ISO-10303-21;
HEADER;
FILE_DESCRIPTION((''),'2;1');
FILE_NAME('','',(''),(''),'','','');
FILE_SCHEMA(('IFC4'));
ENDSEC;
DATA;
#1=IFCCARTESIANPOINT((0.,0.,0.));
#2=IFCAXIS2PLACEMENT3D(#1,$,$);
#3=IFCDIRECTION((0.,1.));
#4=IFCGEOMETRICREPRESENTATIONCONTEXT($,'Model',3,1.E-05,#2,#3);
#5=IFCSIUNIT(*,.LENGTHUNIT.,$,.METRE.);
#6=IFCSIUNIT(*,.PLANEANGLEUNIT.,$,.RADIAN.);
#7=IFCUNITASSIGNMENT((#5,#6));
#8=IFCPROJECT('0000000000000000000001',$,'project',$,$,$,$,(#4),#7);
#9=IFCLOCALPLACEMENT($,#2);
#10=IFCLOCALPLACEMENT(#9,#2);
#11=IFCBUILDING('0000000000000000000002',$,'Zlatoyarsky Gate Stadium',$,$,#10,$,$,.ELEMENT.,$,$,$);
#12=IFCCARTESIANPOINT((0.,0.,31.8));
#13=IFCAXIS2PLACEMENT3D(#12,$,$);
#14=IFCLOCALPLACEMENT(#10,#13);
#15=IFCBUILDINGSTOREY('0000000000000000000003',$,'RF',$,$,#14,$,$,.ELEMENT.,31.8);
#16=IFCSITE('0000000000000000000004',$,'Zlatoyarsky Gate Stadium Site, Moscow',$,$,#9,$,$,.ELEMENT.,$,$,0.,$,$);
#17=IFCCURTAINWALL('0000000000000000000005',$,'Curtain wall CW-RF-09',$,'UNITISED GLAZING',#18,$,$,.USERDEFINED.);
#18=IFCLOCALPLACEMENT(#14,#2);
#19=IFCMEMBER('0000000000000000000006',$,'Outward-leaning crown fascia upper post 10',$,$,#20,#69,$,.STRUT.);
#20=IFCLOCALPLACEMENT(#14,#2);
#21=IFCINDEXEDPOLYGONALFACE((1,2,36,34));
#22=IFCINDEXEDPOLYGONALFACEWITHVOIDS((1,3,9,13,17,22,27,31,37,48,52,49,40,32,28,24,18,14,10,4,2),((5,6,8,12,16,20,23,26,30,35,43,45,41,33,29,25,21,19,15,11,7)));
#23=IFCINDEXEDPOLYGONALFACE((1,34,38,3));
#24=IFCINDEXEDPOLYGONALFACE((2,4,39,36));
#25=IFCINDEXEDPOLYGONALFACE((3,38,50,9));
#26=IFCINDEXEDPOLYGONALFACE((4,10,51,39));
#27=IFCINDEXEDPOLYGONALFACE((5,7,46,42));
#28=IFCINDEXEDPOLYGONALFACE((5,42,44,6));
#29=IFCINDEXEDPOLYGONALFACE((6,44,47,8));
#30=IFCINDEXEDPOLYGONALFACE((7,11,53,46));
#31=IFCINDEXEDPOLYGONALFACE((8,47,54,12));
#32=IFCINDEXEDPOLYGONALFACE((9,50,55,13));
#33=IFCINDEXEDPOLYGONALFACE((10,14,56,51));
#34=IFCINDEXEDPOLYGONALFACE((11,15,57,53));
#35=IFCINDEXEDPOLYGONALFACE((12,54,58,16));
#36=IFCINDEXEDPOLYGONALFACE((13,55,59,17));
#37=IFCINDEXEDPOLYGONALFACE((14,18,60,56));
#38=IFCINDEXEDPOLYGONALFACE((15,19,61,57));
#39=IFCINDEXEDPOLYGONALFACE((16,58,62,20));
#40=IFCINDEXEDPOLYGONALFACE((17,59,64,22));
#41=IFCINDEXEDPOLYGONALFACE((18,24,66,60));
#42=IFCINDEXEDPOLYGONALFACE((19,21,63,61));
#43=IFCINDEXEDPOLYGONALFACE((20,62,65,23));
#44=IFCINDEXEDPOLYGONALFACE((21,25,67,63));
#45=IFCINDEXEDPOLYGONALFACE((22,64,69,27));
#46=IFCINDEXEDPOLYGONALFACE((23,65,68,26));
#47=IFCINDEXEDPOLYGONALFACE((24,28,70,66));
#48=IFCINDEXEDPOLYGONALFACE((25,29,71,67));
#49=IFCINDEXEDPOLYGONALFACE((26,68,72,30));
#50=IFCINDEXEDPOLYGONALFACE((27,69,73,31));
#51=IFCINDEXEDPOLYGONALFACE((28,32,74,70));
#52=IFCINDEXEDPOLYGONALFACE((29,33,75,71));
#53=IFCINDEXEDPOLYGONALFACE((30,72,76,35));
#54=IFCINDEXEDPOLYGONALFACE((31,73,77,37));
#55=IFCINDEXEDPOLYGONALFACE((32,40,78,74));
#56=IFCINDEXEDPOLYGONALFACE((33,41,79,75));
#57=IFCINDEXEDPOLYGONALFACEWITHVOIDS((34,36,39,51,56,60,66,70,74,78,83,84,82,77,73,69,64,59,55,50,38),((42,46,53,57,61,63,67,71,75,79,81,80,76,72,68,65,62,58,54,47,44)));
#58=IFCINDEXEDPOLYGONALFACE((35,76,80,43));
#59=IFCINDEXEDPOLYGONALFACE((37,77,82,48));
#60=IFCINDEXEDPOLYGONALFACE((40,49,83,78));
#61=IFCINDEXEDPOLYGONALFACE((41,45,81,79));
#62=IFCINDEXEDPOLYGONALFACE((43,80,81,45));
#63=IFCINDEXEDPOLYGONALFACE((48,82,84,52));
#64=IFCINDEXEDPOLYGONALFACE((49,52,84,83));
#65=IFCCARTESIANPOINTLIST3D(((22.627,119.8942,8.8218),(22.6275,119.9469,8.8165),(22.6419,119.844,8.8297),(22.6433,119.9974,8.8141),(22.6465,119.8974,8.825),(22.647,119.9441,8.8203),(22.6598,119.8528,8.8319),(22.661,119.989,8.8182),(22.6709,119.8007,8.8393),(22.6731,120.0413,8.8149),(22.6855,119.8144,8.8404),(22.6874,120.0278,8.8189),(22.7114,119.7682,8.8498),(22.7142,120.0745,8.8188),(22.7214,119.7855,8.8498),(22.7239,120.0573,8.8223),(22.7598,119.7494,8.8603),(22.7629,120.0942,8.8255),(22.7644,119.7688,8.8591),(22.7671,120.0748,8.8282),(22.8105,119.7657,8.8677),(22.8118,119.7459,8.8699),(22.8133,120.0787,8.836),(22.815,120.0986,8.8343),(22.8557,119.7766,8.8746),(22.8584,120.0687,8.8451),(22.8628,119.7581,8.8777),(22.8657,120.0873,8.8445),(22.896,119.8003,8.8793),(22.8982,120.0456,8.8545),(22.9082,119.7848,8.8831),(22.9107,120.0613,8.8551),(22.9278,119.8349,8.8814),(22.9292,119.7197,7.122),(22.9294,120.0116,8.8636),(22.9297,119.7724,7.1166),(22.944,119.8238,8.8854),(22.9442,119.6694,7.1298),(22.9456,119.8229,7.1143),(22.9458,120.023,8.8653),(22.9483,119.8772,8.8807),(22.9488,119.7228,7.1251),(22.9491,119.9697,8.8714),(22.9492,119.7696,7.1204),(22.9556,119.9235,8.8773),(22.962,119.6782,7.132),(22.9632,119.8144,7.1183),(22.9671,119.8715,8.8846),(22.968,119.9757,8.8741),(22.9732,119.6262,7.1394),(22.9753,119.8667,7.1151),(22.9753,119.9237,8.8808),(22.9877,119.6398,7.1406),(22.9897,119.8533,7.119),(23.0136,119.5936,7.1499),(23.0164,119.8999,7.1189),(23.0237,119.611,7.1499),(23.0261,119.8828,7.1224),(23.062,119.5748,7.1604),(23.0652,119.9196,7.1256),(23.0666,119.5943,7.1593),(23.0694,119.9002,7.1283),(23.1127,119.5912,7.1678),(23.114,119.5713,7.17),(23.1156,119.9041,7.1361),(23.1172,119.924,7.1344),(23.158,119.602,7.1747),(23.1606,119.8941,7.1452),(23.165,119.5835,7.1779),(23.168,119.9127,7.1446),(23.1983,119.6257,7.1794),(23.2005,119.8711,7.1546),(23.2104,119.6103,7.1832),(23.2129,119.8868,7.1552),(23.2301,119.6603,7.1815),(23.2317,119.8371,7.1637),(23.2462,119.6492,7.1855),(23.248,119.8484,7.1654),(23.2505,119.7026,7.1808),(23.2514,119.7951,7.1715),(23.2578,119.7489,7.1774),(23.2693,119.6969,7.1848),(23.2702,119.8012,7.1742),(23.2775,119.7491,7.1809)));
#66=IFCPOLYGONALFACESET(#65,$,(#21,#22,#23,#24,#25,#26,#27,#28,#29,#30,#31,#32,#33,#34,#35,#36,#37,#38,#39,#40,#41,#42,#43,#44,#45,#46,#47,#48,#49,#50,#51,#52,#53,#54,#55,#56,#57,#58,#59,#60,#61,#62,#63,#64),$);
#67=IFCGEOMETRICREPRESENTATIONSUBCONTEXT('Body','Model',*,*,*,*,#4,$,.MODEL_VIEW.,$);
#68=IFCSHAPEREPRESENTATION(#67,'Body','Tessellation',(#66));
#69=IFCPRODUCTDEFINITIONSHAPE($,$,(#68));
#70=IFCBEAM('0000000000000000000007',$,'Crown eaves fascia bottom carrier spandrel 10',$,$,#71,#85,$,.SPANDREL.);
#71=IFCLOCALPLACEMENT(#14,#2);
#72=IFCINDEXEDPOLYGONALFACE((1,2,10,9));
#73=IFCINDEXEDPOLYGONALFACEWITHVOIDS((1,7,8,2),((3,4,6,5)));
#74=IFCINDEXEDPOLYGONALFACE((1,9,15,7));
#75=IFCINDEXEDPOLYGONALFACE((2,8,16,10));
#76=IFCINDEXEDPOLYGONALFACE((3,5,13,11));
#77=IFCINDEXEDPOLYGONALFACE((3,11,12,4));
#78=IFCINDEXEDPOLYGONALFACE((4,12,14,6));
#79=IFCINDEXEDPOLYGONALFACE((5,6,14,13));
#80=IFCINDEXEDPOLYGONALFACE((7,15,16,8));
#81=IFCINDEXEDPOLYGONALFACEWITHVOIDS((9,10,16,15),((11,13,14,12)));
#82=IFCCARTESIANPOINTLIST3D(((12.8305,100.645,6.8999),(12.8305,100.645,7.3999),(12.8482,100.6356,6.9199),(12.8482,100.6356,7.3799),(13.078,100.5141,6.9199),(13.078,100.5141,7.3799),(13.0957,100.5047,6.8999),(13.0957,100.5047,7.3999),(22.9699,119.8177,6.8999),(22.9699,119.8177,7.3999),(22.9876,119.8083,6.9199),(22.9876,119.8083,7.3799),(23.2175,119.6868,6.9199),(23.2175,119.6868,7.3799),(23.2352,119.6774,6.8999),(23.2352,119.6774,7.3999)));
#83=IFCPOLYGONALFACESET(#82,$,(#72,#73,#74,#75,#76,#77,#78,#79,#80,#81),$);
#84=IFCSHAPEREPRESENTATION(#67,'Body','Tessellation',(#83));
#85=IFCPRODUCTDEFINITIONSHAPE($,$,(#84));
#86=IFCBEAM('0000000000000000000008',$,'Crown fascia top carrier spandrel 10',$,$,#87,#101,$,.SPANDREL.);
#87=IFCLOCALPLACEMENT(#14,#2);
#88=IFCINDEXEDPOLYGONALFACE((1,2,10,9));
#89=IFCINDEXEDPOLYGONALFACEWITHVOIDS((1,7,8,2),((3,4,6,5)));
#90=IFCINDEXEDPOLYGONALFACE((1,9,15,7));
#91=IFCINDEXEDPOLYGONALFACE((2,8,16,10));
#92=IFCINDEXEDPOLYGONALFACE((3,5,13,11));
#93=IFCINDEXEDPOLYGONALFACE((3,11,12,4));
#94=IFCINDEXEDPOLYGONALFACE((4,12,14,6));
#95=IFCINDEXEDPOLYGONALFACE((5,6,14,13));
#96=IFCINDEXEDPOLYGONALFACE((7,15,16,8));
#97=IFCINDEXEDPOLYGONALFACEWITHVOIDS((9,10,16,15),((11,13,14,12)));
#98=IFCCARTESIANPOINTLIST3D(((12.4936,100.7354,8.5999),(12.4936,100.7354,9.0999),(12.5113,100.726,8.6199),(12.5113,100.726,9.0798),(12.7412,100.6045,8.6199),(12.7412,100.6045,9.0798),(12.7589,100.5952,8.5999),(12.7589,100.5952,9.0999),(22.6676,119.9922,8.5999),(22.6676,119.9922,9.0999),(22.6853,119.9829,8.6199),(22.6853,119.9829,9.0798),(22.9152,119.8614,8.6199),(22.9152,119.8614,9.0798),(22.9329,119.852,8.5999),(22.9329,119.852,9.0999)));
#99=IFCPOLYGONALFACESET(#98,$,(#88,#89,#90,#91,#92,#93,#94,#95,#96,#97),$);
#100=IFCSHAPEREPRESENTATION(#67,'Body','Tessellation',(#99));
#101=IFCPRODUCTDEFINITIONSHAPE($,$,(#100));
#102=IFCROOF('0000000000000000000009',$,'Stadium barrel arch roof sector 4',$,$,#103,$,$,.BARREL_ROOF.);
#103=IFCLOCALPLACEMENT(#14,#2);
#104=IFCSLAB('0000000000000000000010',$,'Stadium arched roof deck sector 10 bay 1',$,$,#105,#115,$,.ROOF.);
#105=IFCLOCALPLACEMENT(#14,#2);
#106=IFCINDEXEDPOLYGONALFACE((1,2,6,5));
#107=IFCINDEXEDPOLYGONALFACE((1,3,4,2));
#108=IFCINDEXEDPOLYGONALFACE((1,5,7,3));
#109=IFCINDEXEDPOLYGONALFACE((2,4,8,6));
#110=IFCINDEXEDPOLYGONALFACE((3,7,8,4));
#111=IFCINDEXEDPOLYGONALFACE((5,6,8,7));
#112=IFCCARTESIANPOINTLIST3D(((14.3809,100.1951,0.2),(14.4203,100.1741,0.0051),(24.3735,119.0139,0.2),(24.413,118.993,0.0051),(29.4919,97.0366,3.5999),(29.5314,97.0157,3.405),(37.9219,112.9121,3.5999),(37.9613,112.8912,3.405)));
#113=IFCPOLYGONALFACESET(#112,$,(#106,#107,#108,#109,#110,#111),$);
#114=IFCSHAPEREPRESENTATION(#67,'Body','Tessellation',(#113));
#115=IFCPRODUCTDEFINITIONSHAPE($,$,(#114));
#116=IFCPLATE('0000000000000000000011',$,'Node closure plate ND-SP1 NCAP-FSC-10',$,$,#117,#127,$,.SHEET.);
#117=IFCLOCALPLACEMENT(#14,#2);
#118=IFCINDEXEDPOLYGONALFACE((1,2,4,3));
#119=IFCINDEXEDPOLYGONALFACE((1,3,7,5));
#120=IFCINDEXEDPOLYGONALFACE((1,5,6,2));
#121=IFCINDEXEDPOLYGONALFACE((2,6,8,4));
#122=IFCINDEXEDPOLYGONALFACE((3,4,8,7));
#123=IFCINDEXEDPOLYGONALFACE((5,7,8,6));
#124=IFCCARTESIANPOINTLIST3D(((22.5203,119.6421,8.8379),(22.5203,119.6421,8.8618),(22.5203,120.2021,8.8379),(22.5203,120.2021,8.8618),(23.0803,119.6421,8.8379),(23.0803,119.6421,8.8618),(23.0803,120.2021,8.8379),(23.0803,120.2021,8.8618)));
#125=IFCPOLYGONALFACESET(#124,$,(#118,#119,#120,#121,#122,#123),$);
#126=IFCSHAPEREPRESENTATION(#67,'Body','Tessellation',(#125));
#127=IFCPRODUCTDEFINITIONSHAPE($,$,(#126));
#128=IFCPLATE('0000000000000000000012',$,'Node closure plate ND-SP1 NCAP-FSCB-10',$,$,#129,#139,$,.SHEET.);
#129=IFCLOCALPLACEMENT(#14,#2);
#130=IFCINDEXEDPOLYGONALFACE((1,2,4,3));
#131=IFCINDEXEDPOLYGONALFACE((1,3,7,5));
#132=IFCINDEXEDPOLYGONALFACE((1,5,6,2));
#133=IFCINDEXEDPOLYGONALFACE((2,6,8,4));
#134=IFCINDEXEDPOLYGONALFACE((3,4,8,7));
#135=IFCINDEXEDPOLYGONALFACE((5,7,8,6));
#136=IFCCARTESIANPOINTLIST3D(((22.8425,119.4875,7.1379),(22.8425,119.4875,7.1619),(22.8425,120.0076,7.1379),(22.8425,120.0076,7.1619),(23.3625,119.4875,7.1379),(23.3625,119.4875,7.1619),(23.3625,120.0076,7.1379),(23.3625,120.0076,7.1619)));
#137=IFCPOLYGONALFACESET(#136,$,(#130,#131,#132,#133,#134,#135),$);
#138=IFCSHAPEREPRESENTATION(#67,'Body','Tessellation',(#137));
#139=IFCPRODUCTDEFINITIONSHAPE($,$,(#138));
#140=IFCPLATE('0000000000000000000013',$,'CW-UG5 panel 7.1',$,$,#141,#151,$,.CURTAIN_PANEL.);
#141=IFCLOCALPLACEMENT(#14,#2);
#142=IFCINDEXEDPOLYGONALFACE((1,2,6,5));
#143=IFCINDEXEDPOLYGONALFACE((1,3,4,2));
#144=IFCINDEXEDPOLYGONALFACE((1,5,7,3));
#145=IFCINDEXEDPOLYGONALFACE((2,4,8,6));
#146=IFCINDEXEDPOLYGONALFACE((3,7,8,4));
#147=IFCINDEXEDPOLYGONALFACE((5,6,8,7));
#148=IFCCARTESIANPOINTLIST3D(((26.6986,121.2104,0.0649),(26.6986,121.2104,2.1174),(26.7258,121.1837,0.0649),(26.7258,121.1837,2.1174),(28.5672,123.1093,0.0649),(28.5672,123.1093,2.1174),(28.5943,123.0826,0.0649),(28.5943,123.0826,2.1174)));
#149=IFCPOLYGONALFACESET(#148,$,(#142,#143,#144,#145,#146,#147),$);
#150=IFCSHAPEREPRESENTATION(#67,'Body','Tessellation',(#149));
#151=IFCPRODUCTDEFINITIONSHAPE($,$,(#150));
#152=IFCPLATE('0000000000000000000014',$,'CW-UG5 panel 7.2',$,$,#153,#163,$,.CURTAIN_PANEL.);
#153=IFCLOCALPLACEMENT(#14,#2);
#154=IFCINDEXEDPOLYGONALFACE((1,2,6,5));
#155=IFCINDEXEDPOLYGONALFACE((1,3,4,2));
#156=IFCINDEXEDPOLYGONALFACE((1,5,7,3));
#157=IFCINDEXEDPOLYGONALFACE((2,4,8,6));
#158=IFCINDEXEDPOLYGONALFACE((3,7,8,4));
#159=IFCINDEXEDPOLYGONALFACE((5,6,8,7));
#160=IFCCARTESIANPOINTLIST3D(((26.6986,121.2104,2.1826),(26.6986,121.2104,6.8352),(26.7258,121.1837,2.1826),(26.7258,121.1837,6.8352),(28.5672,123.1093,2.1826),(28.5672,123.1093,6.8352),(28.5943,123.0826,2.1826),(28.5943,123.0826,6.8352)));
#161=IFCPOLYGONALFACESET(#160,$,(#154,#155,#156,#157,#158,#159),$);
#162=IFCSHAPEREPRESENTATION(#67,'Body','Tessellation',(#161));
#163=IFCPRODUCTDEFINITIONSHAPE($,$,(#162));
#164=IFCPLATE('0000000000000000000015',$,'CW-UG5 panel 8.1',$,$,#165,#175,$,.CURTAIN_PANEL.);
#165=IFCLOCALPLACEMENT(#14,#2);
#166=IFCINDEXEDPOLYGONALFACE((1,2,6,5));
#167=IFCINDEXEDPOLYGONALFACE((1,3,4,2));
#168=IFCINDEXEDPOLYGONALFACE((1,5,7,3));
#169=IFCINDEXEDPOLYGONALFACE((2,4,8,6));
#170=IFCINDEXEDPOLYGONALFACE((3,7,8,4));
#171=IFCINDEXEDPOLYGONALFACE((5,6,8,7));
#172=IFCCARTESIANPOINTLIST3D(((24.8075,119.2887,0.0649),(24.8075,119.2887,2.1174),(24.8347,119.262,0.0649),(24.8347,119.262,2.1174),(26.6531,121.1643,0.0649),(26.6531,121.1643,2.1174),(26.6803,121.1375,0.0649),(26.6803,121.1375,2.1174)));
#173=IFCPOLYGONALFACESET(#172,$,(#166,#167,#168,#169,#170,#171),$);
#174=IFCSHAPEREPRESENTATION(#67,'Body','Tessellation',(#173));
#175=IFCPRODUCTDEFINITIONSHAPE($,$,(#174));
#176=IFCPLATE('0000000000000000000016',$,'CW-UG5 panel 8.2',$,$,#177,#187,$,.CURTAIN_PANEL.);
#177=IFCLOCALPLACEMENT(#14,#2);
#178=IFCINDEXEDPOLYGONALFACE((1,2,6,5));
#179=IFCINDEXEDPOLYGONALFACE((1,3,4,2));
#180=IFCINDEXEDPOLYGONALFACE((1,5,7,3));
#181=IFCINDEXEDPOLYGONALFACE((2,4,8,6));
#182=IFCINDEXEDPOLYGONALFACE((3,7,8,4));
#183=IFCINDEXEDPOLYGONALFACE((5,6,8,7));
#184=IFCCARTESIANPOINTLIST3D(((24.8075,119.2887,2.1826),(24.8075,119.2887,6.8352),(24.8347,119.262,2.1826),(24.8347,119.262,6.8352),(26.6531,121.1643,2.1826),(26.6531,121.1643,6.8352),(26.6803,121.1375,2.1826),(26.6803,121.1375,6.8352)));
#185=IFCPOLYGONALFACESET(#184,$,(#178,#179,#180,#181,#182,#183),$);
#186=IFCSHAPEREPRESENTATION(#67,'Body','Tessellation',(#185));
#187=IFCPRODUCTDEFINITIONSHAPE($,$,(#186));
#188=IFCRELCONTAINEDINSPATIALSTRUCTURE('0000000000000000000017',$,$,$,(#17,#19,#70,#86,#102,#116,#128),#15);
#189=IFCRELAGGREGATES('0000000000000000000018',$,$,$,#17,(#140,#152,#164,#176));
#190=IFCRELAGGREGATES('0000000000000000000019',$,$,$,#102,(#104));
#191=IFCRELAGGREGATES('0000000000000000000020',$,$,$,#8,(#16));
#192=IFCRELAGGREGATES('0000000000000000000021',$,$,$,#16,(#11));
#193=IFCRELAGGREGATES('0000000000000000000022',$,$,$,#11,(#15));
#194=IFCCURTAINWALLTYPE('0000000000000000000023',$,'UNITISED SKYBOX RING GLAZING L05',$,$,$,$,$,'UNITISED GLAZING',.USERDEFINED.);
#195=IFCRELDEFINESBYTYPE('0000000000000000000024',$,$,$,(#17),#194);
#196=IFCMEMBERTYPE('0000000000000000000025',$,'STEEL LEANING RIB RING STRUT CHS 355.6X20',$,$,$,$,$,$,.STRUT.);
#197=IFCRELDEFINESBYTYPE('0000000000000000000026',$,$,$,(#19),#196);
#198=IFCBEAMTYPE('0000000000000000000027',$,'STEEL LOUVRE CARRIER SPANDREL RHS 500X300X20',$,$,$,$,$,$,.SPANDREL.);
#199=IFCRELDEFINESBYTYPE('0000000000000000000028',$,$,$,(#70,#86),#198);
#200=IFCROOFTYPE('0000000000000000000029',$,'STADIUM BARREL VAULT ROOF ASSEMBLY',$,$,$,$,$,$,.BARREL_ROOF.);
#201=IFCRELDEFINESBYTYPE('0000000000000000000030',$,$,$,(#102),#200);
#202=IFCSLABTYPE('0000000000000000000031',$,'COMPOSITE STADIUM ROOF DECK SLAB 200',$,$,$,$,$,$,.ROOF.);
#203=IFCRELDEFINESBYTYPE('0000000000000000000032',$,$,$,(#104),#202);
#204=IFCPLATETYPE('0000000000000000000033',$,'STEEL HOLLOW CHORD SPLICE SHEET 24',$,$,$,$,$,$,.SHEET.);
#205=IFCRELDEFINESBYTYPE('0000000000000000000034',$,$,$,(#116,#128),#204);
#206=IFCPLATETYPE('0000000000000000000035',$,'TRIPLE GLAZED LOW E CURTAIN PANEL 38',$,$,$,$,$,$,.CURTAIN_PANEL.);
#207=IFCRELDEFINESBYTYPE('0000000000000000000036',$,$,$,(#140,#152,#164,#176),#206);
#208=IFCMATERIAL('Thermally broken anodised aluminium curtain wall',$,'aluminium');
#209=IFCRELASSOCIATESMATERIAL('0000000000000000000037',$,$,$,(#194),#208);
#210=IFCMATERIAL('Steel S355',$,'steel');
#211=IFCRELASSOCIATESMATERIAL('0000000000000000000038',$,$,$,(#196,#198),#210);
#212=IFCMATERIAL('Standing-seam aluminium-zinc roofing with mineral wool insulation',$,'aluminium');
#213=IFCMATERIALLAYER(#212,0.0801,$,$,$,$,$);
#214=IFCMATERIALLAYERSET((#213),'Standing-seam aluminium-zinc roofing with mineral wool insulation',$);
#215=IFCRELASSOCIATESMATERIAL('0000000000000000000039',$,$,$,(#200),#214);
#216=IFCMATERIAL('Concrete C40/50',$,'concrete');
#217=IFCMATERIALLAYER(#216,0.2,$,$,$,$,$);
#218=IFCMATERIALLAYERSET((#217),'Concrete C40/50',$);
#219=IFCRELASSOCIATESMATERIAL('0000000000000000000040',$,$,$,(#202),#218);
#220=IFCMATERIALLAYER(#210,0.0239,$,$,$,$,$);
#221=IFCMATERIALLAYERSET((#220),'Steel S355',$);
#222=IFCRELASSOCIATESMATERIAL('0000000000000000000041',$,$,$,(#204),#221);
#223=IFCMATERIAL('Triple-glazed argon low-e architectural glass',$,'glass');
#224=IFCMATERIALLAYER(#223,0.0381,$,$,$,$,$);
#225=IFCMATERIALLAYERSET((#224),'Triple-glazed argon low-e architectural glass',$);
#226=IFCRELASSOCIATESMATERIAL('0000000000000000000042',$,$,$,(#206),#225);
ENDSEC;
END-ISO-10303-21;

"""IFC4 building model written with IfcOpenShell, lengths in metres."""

from ifc_helpers import new_model, si_unit, direction, frame, origin, origin_2d, place, context, subcontext, project, spatial, polyline, rectangle, hollow_rectangle, hollow_circle, outline, extrude, material, layer, layer_set, material_profile, profile_set, type_object, element, aggregate, save


model = new_model("IFC4")

# Units and contexts
model_context = context("Model", 3, precision=1e-05, world=origin(), true_north=direction((0.0, 1.0)))
body_context = subcontext(model_context, "Body", "Model", "MODEL_VIEW")
ifc_project = project(units=[si_unit("LENGTHUNIT", "METRE"), si_unit("PLANEANGLEUNIT", "RADIAN")], contexts=[model_context])

# Site, building, storey
site_placement = place(None, origin())
site = spatial("IfcSite", under=ifc_project, at=site_placement, Name="Zlatoyarsky Gate Stadium Site, Moscow", CompositionType="ELEMENT", RefElevation=0.0)
building_placement = place(site_placement, origin())
building = spatial("IfcBuilding", under=site, at=building_placement, Name="Zlatoyarsky Gate Stadium", CompositionType="ELEMENT")
storey_placement = place(building_placement, frame((0.0, 0.0, 31.8)))
storey = spatial("IfcBuildingStorey", under=building, at=storey_placement, Name="RF", CompositionType="ELEMENT", Elevation=31.8)

# Curtain wall
ifc_material_1 = material(Name="Thermally broken anodised aluminium curtain wall", Category="aluminium")
curtain_wall_type = type_object("IfcCurtainWallType", Name="UNITISED SKYBOX RING GLAZING L05", ElementType="UNITISED GLAZING", PredefinedType="USERDEFINED", material=ifc_material_1)
curtain_wall_1_placement = place(storey_placement, origin())
curtain_wall_1 = element("IfcCurtainWall", 1, at=curtain_wall_1_placement, inside=storey, type_object=curtain_wall_type, Name="Curtain wall CW-RF-09", ObjectType="UNITISED GLAZING", PredefinedType="USERDEFINED")

# Member
ifc_material_2 = material(Name="Steel S355", Category="steel")
ifc_material_profile_1 = material_profile(ifc_material_2, hollow_circle(Radius=0.1777, WallThickness=0.02, at=origin_2d()), Name="CHS 355.6X20")
ifc_profile_set_1 = profile_set([ifc_material_profile_1], Name="Steel S355")
member_type_1 = type_object("IfcMemberType", Name="STEEL LEANING RIB RING STRUT CHS 355.6X20", PredefinedType="STRUT", material=ifc_profile_set_1)
member_1_placement = place(storey_placement, frame((23.1025, 119.7476, 7.1499), z_axis=(-0.174164, 0.100587, 0.979566), x_axis=(-0.500126, -0.865953, 0.0)))
element("IfcMember", 2, at=member_1_placement, inside=storey, type_object=member_type_1, Name="Outward-leaning crown fascia upper post 10", PredefinedType="STRUT", context=body_context, shape_type="SweptSolid", body=[
    extrude(hollow_circle(Radius=0.1777, WallThickness=0.02, at=origin_2d()), origin(), (0.0, 0.0, 1.0), 1.7354),
])

# Beams
ifc_material_profile_2 = material_profile(ifc_material_2, hollow_rectangle(XDim=0.3, YDim=0.5, WallThickness=0.02, at=origin_2d()), Name="RHS 500X300X20")
ifc_profile_set_2 = profile_set([ifc_material_profile_2], Name="Steel S355")
beam_type = type_object("IfcBeamType", Name="STEEL LOUVRE CARRIER SPANDREL RHS 500X300X20", PredefinedType="SPANDREL", material=ifc_profile_set_2)
beam_1_placement = place(storey_placement, frame((23.1025, 119.7476, 7.1499), z_axis=(-0.467499, -0.883994, 0.0), x_axis=(0.883994, -0.467499, 0.0)))
element("IfcBeam", 3, at=beam_1_placement, inside=storey, type_object=beam_type, Name="Crown eaves fascia bottom carrier spandrel 10", PredefinedType="SPANDREL", context=body_context, shape_type="SweptSolid", body=[
    extrude(hollow_rectangle(XDim=0.3, YDim=0.5, WallThickness=0.02, at=origin_2d()), origin(), (0.0, 0.0, 1.0), 21.6887),
])
beam_2_placement = place(storey_placement, frame((22.8003, 119.9221, 8.8499), z_axis=(-0.467144, -0.884181, 0.0), x_axis=(0.884181, -0.467144, 0.0)))
element("IfcBeam", 4, at=beam_2_placement, inside=storey, type_object=beam_type, Name="Crown fascia top carrier spandrel 10", PredefinedType="SPANDREL", context=body_context, shape_type="SweptSolid", body=[
    extrude(hollow_rectangle(XDim=0.3, YDim=0.5, WallThickness=0.02, at=origin_2d()), origin(), (0.0, 0.0, 1.0), 21.7793),
])

# Roof, slab
ifc_material_3 = material(Name="Standing-seam aluminium-zinc roofing with mineral wool insulation", Category="aluminium")
ifc_layer_1 = layer(ifc_material_3, 0.0801)
ifc_layer_set_1 = layer_set([ifc_layer_1], Name="Standing-seam aluminium-zinc roofing with mineral wool insulation")
roof_type = type_object("IfcRoofType", Name="STADIUM BARREL VAULT ROOF ASSEMBLY", PredefinedType="BARREL_ROOF", material=ifc_layer_set_1)
roof_placement = place(storey_placement, origin())
roof = element("IfcRoof", 5, at=roof_placement, inside=storey, type_object=roof_type, Name="Stadium barrel arch roof sector 4", PredefinedType="BARREL_ROOF")
ifc_material_4 = material(Name="Concrete C40/50", Category="concrete")
ifc_layer_2 = layer(ifc_material_4, 0.2)
ifc_layer_set_2 = layer_set([ifc_layer_2], Name="Concrete C40/50")
slab_type = type_object("IfcSlabType", Name="COMPOSITE STADIUM ROOF DECK SLAB 200", PredefinedType="ROOF", material=ifc_layer_set_2)
slab_placement = place(storey_placement, frame((24.3735, 119.0139, 0.2), z_axis=(-0.197394, 0.104815, 0.974705), x_axis=(-0.468978, -0.88321, 0.000001)))
slab = element("IfcSlab", 6, at=slab_placement, type_object=slab_type, Name="Stadium arched roof deck sector 10 bay 1", PredefinedType="ROOF", context=body_context, shape_type="SweptSolid", body=[
    extrude(outline(polyline([(0.0, 0.0), (21.3073, 0.0), (17.0101, 15.2123), (-0.9647, 15.2124), (0.0, 0.0)])), origin(), (0.0, 0.0, -1.0), 0.2),
])

# Plates
ifc_layer_3 = layer(ifc_material_2, 0.0239)
ifc_layer_set_3 = layer_set([ifc_layer_3], Name="Steel S355")
plate_type_1 = type_object("IfcPlateType", Name="STEEL HOLLOW CHORD SPLICE SHEET 24", PredefinedType="SHEET", material=ifc_layer_set_3)
plate_1_placement = place(storey_placement, frame((22.8003, 119.9221, 8.8379), z_axis=(0.0, 0.0, 1.0), x_axis=(1.0, 0.0, 0.0)))
element("IfcPlate", 7, at=plate_1_placement, inside=storey, type_object=plate_type_1, Name="Node closure plate ND-SP1 NCAP-FSC-10", PredefinedType="SHEET", context=body_context, shape_type="SweptSolid", body=[
    extrude(rectangle(XDim=0.5601, YDim=0.5601, at=origin_2d()), origin(), (0.0, 0.0, 1.0), 0.0239),
])
plate_2_placement = place(storey_placement, frame((23.1025, 119.7476, 7.1379), z_axis=(0.0, 0.0, 1.0), x_axis=(1.0, 0.0, 0.0)))
element("IfcPlate", 8, at=plate_2_placement, inside=storey, type_object=plate_type_1, Name="Node closure plate ND-SP1 NCAP-FSCB-10", PredefinedType="SHEET", context=body_context, shape_type="SweptSolid", body=[
    extrude(rectangle(XDim=0.52, YDim=0.52, at=origin_2d()), origin(), (0.0, 0.0, 1.0), 0.0239),
])

# Plates
ifc_material_5 = material(Name="Triple-glazed argon low-e architectural glass", Category="glass")
ifc_layer_4 = layer(ifc_material_5, 0.0381)
ifc_layer_set_4 = layer_set([ifc_layer_4], Name="Triple-glazed argon low-e architectural glass")
plate_type_2 = type_object("IfcPlateType", Name="TRIPLE GLAZED LOW E CURTAIN PANEL 38", PredefinedType="CURTAIN_PANEL", material=ifc_layer_set_4)
plate_3_placement = place(storey_placement, frame((27.6465, 122.1465, 0.0649), z_axis=(0.0, 0.0, 1.0), x_axis=(-0.701402, -0.712766, 0.0)))
plate_3 = element("IfcPlate", 9, at=plate_3_placement, type_object=plate_type_2, Name="CW-UG5 panel 7.1", PredefinedType="CURTAIN_PANEL", context=body_context, shape_type="SweptSolid", body=[
    extrude(rectangle(XDim=2.6641, YDim=0.0381, at=origin_2d()), origin(), (0.0, 0.0, 1.0), 2.0525),
])
plate_4_placement = place(storey_placement, frame((27.6465, 122.1465, 2.1826), z_axis=(0.0, 0.0, 1.0), x_axis=(-0.701402, -0.712766, 0.0)))
plate_4 = element("IfcPlate", 10, at=plate_4_placement, type_object=plate_type_2, Name="CW-UG5 panel 7.2", PredefinedType="CURTAIN_PANEL", context=body_context, shape_type="SweptSolid", body=[
    extrude(rectangle(XDim=2.6641, YDim=0.0381, at=origin_2d()), origin(), (0.0, 0.0, 1.0), 4.6526),
])
plate_5_placement = place(storey_placement, frame((25.7439, 120.2131, 0.0649), z_axis=(0.0, 0.0, 1.0), x_axis=(-0.701402, -0.712766, 0.0)))
plate_5 = element("IfcPlate", 11, at=plate_5_placement, type_object=plate_type_2, Name="CW-UG5 panel 8.1", PredefinedType="CURTAIN_PANEL", context=body_context, shape_type="SweptSolid", body=[
    extrude(rectangle(XDim=2.6313, YDim=0.0381, at=origin_2d()), origin(), (0.0, 0.0, 1.0), 2.0525),
])
plate_6_placement = place(storey_placement, frame((25.7439, 120.2131, 2.1826), z_axis=(0.0, 0.0, 1.0), x_axis=(-0.701402, -0.712766, 0.0)))
plate_6 = element("IfcPlate", 12, at=plate_6_placement, type_object=plate_type_2, Name="CW-UG5 panel 8.2", PredefinedType="CURTAIN_PANEL", context=body_context, shape_type="SweptSolid", body=[
    extrude(rectangle(XDim=2.6313, YDim=0.0381, at=origin_2d()), origin(), (0.0, 0.0, 1.0), 4.6526),
])
aggregate(curtain_wall_1, [plate_3, plate_4, plate_5, plate_6])

aggregate(roof, [slab])

save(model, "model.ifc")
